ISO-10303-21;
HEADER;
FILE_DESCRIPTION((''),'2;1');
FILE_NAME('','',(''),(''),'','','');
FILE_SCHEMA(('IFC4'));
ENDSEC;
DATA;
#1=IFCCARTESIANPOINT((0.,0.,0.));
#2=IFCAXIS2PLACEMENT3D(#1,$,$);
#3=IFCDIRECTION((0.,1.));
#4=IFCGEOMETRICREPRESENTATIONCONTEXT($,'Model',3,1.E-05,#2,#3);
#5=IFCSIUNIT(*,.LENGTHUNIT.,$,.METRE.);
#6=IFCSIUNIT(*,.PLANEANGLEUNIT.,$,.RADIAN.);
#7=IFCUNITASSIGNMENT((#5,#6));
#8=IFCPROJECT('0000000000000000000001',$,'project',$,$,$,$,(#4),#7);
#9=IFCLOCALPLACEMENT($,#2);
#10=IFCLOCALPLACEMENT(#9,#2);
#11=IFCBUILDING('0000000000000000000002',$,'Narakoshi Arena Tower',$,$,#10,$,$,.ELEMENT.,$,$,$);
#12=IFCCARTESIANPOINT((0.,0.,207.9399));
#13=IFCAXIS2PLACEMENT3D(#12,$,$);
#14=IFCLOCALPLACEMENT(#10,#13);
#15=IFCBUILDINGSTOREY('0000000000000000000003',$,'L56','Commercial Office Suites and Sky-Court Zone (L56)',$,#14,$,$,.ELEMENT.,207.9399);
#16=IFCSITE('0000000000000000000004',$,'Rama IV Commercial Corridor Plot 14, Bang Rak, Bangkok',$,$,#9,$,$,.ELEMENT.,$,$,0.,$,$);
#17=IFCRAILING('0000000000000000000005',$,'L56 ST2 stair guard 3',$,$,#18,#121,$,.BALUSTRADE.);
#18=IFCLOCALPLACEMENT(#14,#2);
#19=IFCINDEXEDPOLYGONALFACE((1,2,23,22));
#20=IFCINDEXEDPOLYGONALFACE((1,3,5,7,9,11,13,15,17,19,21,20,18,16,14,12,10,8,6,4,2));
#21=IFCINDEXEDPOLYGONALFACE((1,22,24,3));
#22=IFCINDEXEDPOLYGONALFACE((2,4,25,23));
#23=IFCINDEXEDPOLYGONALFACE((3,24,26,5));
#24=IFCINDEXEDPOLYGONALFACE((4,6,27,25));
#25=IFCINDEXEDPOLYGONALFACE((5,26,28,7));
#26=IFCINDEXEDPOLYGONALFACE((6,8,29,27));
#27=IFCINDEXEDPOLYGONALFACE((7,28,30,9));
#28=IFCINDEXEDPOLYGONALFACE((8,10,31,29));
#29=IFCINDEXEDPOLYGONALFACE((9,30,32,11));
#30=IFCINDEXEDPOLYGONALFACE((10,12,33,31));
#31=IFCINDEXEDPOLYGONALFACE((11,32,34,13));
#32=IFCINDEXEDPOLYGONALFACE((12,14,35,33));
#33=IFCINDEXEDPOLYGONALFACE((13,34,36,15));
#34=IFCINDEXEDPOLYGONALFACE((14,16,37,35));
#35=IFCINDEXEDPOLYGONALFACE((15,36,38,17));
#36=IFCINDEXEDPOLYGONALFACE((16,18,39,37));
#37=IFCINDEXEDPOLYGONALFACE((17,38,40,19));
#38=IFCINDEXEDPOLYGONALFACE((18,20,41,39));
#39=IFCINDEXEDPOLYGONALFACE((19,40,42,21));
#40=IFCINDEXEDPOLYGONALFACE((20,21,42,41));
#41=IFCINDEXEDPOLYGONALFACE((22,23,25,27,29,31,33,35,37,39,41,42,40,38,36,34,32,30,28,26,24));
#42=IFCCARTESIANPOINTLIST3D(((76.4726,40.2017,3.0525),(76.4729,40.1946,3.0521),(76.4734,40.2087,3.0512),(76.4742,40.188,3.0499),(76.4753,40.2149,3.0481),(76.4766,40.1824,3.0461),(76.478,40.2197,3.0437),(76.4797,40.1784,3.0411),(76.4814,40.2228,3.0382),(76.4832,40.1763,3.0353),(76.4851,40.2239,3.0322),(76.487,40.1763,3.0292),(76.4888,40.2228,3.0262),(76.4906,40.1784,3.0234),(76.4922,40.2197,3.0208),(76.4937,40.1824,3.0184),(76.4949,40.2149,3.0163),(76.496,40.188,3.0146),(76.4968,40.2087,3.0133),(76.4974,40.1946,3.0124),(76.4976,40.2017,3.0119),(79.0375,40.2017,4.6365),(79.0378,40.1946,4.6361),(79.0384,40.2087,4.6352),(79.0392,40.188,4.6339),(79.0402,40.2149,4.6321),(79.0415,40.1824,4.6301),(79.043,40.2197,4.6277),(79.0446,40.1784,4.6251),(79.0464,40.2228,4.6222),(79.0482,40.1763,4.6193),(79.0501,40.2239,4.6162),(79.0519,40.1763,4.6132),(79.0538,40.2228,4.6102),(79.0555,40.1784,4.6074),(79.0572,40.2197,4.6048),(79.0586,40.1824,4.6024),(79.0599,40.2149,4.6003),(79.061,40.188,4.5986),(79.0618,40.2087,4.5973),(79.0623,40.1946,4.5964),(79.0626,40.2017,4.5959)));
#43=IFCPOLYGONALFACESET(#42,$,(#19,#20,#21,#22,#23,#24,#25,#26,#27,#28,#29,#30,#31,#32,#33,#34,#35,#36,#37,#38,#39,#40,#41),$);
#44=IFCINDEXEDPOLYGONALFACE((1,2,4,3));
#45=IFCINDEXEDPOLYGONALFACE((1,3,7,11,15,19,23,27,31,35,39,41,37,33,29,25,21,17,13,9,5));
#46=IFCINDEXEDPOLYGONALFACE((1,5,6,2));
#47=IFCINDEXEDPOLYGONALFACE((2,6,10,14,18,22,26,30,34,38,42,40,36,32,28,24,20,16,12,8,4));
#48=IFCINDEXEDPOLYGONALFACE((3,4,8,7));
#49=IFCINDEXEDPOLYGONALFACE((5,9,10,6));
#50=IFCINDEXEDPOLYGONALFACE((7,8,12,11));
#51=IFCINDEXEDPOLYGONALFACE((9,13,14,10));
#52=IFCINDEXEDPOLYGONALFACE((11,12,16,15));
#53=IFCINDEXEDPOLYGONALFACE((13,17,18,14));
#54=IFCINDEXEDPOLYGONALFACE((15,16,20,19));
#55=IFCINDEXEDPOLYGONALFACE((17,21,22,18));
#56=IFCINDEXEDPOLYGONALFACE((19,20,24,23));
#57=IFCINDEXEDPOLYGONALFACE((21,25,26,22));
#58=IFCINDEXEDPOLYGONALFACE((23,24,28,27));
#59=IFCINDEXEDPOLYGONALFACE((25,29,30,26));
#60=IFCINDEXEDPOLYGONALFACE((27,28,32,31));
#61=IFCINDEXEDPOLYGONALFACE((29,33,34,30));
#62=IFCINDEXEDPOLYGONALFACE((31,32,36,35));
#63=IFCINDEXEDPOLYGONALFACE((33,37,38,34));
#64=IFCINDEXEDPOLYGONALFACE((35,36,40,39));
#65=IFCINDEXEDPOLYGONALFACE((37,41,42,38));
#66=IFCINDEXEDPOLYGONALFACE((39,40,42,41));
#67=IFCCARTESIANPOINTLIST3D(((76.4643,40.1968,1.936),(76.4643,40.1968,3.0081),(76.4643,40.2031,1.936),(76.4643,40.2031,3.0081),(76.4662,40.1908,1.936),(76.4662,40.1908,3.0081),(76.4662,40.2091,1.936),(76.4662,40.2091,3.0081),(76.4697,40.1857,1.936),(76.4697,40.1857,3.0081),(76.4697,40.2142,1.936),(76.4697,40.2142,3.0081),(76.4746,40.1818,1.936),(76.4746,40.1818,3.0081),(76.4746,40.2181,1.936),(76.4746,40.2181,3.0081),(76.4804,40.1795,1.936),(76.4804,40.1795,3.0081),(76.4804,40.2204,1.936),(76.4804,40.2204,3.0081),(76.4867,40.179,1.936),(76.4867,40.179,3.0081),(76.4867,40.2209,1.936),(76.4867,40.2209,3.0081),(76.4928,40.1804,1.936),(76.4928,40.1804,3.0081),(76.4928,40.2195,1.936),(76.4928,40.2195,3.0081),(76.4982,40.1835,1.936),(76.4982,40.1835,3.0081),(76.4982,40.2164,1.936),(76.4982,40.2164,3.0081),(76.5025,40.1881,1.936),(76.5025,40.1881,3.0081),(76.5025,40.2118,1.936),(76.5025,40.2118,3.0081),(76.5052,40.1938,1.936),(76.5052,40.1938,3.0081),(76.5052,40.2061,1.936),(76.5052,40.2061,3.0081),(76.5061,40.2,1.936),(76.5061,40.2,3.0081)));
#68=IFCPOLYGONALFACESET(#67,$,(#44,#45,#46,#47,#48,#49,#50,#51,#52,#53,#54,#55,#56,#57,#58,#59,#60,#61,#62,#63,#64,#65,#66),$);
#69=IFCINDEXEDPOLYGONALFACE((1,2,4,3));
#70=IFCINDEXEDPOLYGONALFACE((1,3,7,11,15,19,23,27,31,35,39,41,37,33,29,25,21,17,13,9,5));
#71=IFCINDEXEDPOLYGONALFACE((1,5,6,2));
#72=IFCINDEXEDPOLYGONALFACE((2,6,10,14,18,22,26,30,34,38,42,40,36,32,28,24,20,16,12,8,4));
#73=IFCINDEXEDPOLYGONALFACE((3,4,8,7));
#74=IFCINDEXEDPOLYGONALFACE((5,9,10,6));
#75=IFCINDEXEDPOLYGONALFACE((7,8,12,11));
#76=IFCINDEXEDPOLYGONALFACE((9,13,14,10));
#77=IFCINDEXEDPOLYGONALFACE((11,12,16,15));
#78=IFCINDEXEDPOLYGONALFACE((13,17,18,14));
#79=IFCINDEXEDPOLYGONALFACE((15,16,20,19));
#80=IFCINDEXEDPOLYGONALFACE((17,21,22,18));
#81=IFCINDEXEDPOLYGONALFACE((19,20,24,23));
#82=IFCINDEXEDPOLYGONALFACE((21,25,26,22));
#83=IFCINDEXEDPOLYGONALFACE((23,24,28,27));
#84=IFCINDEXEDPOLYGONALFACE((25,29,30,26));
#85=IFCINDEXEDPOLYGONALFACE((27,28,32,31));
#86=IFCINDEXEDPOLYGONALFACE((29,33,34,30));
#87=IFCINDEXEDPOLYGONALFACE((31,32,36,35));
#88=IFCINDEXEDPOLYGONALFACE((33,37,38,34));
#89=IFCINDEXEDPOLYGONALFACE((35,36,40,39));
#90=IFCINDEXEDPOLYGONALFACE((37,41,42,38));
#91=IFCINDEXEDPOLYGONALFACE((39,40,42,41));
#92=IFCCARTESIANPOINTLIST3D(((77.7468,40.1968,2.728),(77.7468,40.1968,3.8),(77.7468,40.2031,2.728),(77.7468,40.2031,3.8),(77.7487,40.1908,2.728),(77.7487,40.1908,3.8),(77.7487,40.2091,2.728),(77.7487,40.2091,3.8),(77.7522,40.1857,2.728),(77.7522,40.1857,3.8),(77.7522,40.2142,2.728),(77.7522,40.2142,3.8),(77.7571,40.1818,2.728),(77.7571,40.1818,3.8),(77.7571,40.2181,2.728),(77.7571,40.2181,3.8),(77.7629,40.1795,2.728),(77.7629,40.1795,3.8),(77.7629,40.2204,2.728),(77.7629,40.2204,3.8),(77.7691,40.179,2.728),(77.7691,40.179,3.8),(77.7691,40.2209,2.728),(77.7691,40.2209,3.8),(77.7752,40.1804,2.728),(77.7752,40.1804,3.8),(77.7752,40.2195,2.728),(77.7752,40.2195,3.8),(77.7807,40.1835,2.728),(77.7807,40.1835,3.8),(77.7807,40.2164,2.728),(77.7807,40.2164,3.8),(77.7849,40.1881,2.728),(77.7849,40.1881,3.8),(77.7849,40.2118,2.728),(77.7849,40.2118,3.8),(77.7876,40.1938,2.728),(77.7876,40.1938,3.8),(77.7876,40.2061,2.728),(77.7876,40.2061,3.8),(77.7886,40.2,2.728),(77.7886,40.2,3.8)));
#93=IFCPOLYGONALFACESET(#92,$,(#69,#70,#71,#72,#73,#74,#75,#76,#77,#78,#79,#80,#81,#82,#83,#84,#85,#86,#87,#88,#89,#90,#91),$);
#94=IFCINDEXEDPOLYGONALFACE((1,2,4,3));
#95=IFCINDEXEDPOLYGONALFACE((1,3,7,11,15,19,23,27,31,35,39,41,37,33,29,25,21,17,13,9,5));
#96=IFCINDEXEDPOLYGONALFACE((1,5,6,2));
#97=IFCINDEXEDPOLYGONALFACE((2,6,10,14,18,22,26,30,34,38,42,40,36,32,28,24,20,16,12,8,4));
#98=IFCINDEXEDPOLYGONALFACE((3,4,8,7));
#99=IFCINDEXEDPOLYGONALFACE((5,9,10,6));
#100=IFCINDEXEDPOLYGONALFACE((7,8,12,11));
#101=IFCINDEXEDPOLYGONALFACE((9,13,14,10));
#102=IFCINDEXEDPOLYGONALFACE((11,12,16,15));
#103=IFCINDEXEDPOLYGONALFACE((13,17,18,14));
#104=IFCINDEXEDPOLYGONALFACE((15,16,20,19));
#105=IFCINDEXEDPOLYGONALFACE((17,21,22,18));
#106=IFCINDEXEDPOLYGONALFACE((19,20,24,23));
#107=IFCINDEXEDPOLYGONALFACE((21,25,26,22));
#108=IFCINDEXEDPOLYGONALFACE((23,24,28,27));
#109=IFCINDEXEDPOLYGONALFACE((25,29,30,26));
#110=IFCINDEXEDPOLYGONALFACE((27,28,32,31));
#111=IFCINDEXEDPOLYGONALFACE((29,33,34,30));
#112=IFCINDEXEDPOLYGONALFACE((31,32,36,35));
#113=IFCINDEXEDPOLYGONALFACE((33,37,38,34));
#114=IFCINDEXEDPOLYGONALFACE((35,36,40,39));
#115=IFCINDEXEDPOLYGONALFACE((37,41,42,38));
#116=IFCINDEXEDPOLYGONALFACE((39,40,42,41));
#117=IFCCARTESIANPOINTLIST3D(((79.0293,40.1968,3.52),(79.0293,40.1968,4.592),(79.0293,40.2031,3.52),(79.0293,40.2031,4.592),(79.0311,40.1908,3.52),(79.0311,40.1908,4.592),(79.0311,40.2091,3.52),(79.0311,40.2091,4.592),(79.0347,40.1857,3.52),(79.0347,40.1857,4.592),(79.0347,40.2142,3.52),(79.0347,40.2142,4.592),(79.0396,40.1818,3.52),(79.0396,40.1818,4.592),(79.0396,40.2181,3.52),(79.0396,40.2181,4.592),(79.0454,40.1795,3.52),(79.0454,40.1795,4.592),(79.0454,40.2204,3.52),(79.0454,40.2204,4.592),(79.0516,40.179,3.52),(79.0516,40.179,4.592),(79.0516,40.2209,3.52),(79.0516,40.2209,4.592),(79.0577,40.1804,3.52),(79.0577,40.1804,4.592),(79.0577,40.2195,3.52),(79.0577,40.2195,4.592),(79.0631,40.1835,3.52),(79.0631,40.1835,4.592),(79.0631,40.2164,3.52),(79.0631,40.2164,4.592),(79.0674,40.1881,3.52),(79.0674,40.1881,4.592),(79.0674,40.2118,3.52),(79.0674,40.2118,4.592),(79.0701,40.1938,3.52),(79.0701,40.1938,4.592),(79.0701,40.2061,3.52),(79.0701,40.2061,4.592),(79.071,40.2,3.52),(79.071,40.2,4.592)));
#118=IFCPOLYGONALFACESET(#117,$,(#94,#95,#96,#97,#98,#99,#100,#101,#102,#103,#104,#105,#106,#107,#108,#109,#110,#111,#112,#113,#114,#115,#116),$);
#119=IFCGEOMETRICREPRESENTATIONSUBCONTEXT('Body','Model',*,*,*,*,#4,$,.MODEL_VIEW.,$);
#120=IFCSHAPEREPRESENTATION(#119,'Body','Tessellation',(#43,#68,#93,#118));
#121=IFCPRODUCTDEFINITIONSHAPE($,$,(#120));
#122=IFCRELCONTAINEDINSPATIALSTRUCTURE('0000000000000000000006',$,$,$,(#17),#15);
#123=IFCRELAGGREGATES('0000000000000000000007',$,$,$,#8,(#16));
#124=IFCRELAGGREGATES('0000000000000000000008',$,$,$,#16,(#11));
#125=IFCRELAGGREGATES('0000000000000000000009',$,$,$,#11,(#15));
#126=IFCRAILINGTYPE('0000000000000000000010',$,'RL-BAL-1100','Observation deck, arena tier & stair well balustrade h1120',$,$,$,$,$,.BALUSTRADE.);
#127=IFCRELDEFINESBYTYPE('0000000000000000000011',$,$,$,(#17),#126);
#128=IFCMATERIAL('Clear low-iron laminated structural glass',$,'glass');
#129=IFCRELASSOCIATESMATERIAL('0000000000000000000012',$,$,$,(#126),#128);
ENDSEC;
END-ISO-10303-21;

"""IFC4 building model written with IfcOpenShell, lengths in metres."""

from ifc_helpers import new_model, si_unit, direction, frame, origin, origin_2d, place, context, subcontext, project, spatial, circle, extrude, material, type_object, element, save


model = new_model("IFC4")

# Units and contexts
model_context = context("Model", 3, precision=1e-05, world=origin(), true_north=direction((0.0, 1.0)))
body_context = subcontext(model_context, "Body", "Model", "MODEL_VIEW")
ifc_project = project(units=[si_unit("LENGTHUNIT", "METRE"), si_unit("PLANEANGLEUNIT", "RADIAN")], contexts=[model_context])

# Site, building, storey
site_placement = place(None, origin())
site = spatial("IfcSite", under=ifc_project, at=site_placement, Name="Rama IV Commercial Corridor Plot 14, Bang Rak, Bangkok", CompositionType="ELEMENT", RefElevation=0.0)
building_placement = place(site_placement, origin())
building = spatial("IfcBuilding", under=site, at=building_placement, Name="Narakoshi Arena Tower", CompositionType="ELEMENT")
storey_placement = place(building_placement, frame((0.0, 0.0, 207.9399)))
storey = spatial("IfcBuildingStorey", under=building, at=storey_placement, Name="L56", Description="Commercial Office Suites and Sky-Court Zone (L56)", CompositionType="ELEMENT", Elevation=207.9399)

# Railing
ifc_material_1 = material(Name="Clear low-iron laminated structural glass", Category="glass")
railing_type_1 = type_object("IfcRailingType", Name="RL-BAL-1100", Description="Observation deck, arena tier & stair well balustrade h1120", PredefinedType="BALUSTRADE", material=ifc_material_1)
railing_1_placement = place(storey_placement, frame((76.4851, 40.2, 1.936)))
element("IfcRailing", 1, at=railing_1_placement, inside=storey, type_object=railing_type_1, Name="L56 ST2 stair guard 3", PredefinedType="BALUSTRADE", context=body_context, shape_type="SweptSolid", body=[
    extrude(circle(Radius=0.0239, at=origin_2d()), frame((0.0, 0.0, 1.0962), z_axis=(0.850834, 0.0, 0.525434), x_axis=(0.0, 1.0, 0.0)), (0.0, 0.0, 1.0), 3.0146),
    extrude(circle(Radius=0.021, at=origin_2d()), origin(), (0.0, 0.0, 1.0), 1.072),
    extrude(circle(Radius=0.021, at=origin_2d()), frame((1.2825, 0.0, 0.792)), (0.0, 0.0, 1.0), 1.072),
    extrude(circle(Radius=0.021, at=origin_2d()), frame((2.5649, 0.0, 1.584)), (0.0, 0.0, 1.0), 1.072),
])

save(model, "model.ifc")
